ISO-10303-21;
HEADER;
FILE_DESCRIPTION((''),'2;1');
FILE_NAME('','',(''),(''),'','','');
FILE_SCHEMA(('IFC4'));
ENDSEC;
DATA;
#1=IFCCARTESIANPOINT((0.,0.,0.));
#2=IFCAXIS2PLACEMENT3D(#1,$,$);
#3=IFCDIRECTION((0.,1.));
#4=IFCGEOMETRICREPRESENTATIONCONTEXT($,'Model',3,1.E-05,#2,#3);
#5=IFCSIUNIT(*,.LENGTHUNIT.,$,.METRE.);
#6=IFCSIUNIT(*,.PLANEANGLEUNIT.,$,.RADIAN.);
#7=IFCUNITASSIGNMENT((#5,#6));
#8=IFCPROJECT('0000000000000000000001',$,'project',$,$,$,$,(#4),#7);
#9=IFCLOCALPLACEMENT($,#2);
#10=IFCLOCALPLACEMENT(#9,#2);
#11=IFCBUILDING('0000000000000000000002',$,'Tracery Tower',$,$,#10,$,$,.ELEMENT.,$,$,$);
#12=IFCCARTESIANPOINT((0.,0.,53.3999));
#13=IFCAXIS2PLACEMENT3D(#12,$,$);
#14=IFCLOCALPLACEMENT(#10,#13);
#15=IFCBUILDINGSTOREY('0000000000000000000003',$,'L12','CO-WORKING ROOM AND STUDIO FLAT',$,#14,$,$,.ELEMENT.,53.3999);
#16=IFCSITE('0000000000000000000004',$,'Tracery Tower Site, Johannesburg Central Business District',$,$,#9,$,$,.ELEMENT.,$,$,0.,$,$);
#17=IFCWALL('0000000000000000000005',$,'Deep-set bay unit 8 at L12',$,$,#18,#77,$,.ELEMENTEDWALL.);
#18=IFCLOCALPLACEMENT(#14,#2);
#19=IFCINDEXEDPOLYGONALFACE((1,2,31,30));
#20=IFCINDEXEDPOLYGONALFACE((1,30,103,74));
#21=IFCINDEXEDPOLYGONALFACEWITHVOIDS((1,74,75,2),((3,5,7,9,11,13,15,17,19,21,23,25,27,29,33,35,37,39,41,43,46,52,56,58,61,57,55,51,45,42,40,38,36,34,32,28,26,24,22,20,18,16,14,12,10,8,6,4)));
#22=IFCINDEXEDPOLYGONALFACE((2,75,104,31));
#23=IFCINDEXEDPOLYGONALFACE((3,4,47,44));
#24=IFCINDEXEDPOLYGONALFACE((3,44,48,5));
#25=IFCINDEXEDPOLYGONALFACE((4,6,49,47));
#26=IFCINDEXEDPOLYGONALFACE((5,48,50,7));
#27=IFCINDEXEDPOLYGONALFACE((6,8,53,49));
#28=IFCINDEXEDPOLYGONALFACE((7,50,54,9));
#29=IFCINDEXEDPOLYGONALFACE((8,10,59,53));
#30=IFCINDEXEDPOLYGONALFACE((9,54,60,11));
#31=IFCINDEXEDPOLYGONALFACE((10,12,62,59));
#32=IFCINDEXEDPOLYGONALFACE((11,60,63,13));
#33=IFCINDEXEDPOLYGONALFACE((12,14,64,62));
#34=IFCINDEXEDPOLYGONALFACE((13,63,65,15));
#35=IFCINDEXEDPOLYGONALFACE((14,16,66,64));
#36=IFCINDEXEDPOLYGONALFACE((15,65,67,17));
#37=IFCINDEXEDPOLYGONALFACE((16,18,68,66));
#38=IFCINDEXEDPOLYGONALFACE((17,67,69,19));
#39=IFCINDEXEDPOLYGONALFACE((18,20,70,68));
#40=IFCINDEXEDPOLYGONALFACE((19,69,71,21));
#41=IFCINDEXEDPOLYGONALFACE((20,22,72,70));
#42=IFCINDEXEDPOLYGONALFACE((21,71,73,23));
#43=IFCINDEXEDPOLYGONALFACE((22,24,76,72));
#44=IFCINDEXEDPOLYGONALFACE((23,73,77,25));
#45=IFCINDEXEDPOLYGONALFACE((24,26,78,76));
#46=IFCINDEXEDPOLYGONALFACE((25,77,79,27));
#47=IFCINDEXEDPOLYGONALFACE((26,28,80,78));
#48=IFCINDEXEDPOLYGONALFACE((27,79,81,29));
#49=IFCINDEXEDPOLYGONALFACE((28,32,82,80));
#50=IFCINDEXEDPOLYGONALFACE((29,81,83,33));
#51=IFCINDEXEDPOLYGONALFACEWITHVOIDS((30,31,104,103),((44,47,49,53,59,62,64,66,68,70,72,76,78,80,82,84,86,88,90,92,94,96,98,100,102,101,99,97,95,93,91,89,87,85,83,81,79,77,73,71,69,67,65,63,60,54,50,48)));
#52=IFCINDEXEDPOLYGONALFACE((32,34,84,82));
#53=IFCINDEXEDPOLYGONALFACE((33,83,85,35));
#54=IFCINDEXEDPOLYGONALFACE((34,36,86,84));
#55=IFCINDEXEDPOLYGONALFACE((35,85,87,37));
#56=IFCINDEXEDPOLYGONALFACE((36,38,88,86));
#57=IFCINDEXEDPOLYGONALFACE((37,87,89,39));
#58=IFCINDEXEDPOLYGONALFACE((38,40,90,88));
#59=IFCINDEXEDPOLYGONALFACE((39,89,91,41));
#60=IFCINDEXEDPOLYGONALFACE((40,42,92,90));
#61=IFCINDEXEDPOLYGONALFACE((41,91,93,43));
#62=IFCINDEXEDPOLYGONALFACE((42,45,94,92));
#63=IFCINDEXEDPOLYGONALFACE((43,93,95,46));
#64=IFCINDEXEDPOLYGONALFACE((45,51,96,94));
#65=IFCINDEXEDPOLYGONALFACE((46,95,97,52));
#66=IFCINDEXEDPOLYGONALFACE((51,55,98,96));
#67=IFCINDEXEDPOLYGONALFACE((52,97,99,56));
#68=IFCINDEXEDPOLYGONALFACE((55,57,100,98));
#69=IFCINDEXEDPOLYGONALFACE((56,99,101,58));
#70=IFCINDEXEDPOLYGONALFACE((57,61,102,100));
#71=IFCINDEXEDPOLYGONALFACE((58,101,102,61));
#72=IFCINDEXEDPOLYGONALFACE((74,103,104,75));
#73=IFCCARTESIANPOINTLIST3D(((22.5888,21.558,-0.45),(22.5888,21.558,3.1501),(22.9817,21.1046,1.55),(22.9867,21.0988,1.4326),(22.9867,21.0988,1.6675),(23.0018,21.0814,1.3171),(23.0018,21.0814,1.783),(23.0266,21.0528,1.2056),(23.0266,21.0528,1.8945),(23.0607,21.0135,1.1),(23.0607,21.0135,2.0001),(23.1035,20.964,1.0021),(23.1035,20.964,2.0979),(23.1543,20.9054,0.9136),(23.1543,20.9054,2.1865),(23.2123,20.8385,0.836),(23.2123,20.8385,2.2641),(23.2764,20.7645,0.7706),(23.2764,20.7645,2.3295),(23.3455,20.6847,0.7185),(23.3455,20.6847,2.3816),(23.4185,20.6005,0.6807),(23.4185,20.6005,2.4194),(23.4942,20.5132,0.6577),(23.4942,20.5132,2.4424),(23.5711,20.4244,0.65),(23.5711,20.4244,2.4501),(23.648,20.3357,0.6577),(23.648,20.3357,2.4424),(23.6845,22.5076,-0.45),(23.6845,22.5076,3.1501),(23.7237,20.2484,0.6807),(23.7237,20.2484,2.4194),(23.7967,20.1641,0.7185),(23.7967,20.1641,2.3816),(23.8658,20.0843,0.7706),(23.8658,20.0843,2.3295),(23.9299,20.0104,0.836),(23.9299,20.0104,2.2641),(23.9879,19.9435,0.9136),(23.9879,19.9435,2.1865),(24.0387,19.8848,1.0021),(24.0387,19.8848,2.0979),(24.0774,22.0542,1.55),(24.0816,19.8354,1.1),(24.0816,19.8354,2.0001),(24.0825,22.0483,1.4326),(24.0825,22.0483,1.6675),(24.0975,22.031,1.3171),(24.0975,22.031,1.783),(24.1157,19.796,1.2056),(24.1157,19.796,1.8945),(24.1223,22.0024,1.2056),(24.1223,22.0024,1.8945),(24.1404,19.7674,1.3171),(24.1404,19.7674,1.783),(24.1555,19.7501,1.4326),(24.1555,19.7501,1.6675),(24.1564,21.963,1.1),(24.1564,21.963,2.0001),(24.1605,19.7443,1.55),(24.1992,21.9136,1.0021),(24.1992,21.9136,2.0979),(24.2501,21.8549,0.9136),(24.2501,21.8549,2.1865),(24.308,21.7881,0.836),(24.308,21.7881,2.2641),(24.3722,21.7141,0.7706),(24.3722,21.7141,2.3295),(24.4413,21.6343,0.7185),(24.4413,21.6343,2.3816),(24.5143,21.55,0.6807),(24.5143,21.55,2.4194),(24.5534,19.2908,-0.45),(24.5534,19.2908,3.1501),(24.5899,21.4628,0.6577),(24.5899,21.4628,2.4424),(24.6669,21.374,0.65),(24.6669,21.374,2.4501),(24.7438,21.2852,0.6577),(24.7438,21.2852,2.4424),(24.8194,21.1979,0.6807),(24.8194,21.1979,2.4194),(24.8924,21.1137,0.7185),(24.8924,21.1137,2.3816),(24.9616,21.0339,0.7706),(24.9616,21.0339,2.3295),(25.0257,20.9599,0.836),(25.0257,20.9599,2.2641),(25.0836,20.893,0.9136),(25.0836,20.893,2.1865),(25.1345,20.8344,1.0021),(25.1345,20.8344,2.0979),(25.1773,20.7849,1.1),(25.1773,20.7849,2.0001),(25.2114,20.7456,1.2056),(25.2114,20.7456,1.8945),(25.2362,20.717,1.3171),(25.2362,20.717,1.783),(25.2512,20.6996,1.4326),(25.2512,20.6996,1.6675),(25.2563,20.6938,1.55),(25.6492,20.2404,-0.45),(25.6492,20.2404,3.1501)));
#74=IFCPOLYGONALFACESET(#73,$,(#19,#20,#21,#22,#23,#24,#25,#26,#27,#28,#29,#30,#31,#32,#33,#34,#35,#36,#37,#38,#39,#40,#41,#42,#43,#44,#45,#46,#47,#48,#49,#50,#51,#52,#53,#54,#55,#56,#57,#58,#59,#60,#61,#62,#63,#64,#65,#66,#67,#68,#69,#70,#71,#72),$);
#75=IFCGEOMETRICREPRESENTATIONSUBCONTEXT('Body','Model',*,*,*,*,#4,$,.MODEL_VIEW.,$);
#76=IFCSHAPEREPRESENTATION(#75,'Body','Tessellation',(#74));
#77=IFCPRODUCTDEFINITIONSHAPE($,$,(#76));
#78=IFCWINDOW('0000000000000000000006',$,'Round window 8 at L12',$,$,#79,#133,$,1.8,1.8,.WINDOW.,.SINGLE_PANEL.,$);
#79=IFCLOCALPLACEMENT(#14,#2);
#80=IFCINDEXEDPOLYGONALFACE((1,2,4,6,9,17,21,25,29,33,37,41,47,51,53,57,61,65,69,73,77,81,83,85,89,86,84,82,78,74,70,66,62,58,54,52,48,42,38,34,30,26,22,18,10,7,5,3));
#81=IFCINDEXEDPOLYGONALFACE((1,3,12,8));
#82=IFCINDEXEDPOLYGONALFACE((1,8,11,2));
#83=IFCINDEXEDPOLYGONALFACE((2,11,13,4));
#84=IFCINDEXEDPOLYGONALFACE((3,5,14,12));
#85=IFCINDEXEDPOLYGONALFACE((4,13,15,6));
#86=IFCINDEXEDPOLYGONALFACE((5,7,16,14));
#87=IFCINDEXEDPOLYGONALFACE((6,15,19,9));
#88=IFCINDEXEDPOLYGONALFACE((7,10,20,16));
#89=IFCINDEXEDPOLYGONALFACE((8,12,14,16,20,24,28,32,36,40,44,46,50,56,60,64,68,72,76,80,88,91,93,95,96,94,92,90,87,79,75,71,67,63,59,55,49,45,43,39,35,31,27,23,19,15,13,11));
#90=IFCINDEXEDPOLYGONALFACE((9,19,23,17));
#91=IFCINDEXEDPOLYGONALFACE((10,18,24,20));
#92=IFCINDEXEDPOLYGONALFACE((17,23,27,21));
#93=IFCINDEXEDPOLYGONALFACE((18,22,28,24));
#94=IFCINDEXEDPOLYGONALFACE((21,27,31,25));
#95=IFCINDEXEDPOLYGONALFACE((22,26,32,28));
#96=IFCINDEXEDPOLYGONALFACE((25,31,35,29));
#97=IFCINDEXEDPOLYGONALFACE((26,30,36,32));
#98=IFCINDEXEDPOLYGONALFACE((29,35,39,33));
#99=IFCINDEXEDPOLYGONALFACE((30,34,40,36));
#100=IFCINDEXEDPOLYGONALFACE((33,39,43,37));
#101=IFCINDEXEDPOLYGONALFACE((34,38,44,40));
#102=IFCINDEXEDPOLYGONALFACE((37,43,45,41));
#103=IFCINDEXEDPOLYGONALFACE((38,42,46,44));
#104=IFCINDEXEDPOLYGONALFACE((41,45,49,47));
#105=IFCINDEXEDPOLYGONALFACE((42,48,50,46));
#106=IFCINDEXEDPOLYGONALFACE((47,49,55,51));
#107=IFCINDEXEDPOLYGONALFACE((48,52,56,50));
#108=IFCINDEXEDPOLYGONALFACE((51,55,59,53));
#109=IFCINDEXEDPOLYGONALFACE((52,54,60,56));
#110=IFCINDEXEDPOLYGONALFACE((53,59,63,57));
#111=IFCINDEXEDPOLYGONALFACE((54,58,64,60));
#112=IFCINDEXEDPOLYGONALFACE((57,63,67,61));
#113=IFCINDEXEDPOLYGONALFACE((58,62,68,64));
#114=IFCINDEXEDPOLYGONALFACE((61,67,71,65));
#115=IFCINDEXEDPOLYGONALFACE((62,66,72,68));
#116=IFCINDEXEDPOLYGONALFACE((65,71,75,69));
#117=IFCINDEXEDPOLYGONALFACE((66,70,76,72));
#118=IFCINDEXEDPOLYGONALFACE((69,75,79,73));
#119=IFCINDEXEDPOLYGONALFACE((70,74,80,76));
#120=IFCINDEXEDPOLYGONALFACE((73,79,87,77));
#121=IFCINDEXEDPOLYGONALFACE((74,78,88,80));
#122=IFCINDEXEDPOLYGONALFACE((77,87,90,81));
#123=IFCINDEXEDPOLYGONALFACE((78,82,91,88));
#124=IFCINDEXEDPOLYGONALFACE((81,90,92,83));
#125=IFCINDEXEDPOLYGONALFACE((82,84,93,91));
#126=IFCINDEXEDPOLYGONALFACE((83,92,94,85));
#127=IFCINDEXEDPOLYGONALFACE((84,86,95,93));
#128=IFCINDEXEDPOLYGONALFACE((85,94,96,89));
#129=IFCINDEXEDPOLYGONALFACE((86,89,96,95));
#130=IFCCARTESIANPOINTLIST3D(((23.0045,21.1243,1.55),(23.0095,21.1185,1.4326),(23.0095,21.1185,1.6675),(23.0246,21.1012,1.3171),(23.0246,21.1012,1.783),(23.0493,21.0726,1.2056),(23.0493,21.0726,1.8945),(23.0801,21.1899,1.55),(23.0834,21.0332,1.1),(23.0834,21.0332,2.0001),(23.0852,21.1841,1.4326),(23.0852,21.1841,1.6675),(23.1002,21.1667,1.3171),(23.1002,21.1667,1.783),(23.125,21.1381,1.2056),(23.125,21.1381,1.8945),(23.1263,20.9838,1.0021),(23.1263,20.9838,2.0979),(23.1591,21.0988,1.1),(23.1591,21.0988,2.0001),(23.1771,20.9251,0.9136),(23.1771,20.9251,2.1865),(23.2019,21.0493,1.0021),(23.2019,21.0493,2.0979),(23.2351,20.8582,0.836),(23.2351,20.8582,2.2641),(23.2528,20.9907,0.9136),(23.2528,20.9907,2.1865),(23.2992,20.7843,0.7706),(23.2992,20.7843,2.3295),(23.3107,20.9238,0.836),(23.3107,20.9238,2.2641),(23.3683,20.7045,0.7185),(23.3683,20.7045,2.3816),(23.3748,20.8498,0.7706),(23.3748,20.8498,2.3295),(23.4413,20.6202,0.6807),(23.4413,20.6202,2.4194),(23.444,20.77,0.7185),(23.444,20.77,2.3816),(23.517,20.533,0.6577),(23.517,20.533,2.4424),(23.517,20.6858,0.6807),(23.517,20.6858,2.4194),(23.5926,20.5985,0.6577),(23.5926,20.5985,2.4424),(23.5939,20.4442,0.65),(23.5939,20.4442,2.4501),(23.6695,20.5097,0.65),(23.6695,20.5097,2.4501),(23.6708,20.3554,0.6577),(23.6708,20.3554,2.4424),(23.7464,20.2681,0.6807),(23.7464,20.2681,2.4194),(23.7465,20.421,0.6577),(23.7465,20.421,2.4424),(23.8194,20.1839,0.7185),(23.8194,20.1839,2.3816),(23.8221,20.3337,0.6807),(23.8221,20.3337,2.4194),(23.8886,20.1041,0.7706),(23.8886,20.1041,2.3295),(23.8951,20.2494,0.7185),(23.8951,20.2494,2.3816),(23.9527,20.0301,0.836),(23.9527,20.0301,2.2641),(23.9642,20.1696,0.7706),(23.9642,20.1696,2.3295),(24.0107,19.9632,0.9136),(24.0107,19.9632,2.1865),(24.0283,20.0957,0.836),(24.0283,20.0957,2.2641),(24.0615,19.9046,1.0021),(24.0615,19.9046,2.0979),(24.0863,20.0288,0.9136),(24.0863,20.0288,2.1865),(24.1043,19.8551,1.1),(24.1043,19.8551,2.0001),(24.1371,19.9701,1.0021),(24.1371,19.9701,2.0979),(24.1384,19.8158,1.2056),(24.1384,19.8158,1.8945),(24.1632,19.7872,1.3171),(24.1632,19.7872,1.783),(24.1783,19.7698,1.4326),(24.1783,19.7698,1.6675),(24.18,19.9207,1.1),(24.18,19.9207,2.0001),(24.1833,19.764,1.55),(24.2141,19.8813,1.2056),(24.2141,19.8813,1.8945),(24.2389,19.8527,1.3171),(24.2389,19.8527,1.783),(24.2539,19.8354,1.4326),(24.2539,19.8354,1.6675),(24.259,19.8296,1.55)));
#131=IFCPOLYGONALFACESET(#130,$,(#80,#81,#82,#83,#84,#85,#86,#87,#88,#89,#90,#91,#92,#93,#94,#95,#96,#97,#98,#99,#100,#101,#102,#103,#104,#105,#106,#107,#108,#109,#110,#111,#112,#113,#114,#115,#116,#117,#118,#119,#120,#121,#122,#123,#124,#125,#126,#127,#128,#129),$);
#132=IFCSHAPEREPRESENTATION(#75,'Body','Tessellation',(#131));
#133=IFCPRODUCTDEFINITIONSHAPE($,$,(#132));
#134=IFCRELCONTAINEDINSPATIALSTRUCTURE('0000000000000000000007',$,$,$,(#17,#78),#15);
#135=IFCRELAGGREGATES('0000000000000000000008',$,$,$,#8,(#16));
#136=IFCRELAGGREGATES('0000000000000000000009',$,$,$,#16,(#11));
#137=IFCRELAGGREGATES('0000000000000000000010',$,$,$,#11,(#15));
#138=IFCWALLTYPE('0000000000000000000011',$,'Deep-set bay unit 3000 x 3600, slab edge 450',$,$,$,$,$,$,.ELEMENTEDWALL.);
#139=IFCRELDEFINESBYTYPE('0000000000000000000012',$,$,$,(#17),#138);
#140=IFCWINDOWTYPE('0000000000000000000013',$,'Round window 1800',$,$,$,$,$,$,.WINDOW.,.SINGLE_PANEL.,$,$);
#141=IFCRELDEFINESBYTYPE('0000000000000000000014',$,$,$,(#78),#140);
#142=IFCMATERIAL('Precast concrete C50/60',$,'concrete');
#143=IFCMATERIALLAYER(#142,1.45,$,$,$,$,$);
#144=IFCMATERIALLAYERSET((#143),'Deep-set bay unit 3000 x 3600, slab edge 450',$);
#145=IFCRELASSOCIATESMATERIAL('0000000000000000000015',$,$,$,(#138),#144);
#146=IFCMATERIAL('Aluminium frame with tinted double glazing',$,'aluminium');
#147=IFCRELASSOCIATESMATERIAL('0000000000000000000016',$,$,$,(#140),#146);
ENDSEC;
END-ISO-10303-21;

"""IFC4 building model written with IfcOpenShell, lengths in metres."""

from ifc_helpers import new_model, si_unit, direction, frame, frame_2d, origin, origin_2d, place, context, subcontext, project, spatial, rectangle, circle, extrude, material, layer, layer_set, type_object, element, fill, save


model = new_model("IFC4")

# Units and contexts
model_context = context("Model", 3, precision=1e-05, world=origin(), true_north=direction((0.0, 1.0)))
body_context = subcontext(model_context, "Body", "Model", "MODEL_VIEW")
ifc_project = project(units=[si_unit("LENGTHUNIT", "METRE"), si_unit("PLANEANGLEUNIT", "RADIAN")], contexts=[model_context])

# Site, building, storey
site_placement = place(None, origin())
site = spatial("IfcSite", under=ifc_project, at=site_placement, Name="Tracery Tower Site, Johannesburg Central Business District", CompositionType="ELEMENT", RefElevation=0.0)
building_placement = place(site_placement, origin())
building = spatial("IfcBuilding", under=site, at=building_placement, Name="Tracery Tower", CompositionType="ELEMENT")
storey_placement = place(building_placement, frame((0.0, 0.0, 53.3999)))
storey = spatial("IfcBuildingStorey", under=building, at=storey_placement, Name="L12", Description="CO-WORKING ROOM AND STUDIO FLAT", CompositionType="ELEMENT", Elevation=53.3999)

# Wall, opening, window
ifc_material_1 = material(Name="Precast concrete C50/60", Category="concrete")
ifc_layer_1 = layer(ifc_material_1, 1.45)
ifc_layer_set_1 = layer_set([ifc_layer_1], Name="Deep-set bay unit 3000 x 3600, slab edge 450")
wall_type_1 = type_object("IfcWallType", Name="Deep-set bay unit 3000 x 3600, slab edge 450", PredefinedType="ELEMENTEDWALL", material=ifc_layer_set_1)
wall_1_placement = place(storey_placement, frame((25.1013, 19.7656, -0.45), z_axis=(0.0, 0.0, 1.0), x_axis=(-0.65489, 0.755724, 0.0)))
wall_1 = element("IfcWall", 1, at=wall_1_placement, inside=storey, type_object=wall_type_1, Name="Deep-set bay unit 8 at L12", PredefinedType="ELEMENTEDWALL", context=body_context, shape_type="SweptSolid", body=[
    extrude(rectangle(XDim=3.0, YDim=1.45, at=frame_2d((1.5, 0.0))), origin(), (0.0, 0.0, 1.0), 3.6001),
])
opening_1_placement = place(wall_1_placement, frame((1.5, 0.0, 2.0)))
opening_1 = element("IfcOpeningElement", 2, at=opening_1_placement, cuts=wall_1, PredefinedType="OPENING", context=body_context, shape_type="SweptSolid", body=[
    extrude(circle(Radius=0.9, at=origin_2d()), frame((0.0, 0.7349, 0.0), z_axis=(0.0, -1.0, 0.0), x_axis=(1.0, 0.0, 0.0)), (0.0, 0.0, 1.0), 1.47),
])
ifc_material_2 = material(Name="Aluminium frame with tinted double glazing", Category="aluminium")
window_type = type_object("IfcWindowType", Name="Round window 1800", PartitioningType="SINGLE_PANEL", PredefinedType="WINDOW", material=ifc_material_2)
window_1_placement = place(opening_1_placement, origin())
window_1 = element("IfcWindow", 3, at=window_1_placement, inside=storey, type_object=window_type, Name="Round window 8 at L12", OverallHeight=1.8, OverallWidth=1.8, PartitioningType="SINGLE_PANEL", PredefinedType="WINDOW", context=body_context, shape_type="SweptSolid", body=[
    extrude(circle(Radius=0.9, at=origin_2d()), frame((0.0, 0.6948, 0.0), z_axis=(0.0, -1.0, 0.0), x_axis=(1.0, 0.0, 0.0)), (0.0, 0.0, 1.0), 0.1001),
])
fill(opening_1, window_1)

save(model, "model.ifc")
